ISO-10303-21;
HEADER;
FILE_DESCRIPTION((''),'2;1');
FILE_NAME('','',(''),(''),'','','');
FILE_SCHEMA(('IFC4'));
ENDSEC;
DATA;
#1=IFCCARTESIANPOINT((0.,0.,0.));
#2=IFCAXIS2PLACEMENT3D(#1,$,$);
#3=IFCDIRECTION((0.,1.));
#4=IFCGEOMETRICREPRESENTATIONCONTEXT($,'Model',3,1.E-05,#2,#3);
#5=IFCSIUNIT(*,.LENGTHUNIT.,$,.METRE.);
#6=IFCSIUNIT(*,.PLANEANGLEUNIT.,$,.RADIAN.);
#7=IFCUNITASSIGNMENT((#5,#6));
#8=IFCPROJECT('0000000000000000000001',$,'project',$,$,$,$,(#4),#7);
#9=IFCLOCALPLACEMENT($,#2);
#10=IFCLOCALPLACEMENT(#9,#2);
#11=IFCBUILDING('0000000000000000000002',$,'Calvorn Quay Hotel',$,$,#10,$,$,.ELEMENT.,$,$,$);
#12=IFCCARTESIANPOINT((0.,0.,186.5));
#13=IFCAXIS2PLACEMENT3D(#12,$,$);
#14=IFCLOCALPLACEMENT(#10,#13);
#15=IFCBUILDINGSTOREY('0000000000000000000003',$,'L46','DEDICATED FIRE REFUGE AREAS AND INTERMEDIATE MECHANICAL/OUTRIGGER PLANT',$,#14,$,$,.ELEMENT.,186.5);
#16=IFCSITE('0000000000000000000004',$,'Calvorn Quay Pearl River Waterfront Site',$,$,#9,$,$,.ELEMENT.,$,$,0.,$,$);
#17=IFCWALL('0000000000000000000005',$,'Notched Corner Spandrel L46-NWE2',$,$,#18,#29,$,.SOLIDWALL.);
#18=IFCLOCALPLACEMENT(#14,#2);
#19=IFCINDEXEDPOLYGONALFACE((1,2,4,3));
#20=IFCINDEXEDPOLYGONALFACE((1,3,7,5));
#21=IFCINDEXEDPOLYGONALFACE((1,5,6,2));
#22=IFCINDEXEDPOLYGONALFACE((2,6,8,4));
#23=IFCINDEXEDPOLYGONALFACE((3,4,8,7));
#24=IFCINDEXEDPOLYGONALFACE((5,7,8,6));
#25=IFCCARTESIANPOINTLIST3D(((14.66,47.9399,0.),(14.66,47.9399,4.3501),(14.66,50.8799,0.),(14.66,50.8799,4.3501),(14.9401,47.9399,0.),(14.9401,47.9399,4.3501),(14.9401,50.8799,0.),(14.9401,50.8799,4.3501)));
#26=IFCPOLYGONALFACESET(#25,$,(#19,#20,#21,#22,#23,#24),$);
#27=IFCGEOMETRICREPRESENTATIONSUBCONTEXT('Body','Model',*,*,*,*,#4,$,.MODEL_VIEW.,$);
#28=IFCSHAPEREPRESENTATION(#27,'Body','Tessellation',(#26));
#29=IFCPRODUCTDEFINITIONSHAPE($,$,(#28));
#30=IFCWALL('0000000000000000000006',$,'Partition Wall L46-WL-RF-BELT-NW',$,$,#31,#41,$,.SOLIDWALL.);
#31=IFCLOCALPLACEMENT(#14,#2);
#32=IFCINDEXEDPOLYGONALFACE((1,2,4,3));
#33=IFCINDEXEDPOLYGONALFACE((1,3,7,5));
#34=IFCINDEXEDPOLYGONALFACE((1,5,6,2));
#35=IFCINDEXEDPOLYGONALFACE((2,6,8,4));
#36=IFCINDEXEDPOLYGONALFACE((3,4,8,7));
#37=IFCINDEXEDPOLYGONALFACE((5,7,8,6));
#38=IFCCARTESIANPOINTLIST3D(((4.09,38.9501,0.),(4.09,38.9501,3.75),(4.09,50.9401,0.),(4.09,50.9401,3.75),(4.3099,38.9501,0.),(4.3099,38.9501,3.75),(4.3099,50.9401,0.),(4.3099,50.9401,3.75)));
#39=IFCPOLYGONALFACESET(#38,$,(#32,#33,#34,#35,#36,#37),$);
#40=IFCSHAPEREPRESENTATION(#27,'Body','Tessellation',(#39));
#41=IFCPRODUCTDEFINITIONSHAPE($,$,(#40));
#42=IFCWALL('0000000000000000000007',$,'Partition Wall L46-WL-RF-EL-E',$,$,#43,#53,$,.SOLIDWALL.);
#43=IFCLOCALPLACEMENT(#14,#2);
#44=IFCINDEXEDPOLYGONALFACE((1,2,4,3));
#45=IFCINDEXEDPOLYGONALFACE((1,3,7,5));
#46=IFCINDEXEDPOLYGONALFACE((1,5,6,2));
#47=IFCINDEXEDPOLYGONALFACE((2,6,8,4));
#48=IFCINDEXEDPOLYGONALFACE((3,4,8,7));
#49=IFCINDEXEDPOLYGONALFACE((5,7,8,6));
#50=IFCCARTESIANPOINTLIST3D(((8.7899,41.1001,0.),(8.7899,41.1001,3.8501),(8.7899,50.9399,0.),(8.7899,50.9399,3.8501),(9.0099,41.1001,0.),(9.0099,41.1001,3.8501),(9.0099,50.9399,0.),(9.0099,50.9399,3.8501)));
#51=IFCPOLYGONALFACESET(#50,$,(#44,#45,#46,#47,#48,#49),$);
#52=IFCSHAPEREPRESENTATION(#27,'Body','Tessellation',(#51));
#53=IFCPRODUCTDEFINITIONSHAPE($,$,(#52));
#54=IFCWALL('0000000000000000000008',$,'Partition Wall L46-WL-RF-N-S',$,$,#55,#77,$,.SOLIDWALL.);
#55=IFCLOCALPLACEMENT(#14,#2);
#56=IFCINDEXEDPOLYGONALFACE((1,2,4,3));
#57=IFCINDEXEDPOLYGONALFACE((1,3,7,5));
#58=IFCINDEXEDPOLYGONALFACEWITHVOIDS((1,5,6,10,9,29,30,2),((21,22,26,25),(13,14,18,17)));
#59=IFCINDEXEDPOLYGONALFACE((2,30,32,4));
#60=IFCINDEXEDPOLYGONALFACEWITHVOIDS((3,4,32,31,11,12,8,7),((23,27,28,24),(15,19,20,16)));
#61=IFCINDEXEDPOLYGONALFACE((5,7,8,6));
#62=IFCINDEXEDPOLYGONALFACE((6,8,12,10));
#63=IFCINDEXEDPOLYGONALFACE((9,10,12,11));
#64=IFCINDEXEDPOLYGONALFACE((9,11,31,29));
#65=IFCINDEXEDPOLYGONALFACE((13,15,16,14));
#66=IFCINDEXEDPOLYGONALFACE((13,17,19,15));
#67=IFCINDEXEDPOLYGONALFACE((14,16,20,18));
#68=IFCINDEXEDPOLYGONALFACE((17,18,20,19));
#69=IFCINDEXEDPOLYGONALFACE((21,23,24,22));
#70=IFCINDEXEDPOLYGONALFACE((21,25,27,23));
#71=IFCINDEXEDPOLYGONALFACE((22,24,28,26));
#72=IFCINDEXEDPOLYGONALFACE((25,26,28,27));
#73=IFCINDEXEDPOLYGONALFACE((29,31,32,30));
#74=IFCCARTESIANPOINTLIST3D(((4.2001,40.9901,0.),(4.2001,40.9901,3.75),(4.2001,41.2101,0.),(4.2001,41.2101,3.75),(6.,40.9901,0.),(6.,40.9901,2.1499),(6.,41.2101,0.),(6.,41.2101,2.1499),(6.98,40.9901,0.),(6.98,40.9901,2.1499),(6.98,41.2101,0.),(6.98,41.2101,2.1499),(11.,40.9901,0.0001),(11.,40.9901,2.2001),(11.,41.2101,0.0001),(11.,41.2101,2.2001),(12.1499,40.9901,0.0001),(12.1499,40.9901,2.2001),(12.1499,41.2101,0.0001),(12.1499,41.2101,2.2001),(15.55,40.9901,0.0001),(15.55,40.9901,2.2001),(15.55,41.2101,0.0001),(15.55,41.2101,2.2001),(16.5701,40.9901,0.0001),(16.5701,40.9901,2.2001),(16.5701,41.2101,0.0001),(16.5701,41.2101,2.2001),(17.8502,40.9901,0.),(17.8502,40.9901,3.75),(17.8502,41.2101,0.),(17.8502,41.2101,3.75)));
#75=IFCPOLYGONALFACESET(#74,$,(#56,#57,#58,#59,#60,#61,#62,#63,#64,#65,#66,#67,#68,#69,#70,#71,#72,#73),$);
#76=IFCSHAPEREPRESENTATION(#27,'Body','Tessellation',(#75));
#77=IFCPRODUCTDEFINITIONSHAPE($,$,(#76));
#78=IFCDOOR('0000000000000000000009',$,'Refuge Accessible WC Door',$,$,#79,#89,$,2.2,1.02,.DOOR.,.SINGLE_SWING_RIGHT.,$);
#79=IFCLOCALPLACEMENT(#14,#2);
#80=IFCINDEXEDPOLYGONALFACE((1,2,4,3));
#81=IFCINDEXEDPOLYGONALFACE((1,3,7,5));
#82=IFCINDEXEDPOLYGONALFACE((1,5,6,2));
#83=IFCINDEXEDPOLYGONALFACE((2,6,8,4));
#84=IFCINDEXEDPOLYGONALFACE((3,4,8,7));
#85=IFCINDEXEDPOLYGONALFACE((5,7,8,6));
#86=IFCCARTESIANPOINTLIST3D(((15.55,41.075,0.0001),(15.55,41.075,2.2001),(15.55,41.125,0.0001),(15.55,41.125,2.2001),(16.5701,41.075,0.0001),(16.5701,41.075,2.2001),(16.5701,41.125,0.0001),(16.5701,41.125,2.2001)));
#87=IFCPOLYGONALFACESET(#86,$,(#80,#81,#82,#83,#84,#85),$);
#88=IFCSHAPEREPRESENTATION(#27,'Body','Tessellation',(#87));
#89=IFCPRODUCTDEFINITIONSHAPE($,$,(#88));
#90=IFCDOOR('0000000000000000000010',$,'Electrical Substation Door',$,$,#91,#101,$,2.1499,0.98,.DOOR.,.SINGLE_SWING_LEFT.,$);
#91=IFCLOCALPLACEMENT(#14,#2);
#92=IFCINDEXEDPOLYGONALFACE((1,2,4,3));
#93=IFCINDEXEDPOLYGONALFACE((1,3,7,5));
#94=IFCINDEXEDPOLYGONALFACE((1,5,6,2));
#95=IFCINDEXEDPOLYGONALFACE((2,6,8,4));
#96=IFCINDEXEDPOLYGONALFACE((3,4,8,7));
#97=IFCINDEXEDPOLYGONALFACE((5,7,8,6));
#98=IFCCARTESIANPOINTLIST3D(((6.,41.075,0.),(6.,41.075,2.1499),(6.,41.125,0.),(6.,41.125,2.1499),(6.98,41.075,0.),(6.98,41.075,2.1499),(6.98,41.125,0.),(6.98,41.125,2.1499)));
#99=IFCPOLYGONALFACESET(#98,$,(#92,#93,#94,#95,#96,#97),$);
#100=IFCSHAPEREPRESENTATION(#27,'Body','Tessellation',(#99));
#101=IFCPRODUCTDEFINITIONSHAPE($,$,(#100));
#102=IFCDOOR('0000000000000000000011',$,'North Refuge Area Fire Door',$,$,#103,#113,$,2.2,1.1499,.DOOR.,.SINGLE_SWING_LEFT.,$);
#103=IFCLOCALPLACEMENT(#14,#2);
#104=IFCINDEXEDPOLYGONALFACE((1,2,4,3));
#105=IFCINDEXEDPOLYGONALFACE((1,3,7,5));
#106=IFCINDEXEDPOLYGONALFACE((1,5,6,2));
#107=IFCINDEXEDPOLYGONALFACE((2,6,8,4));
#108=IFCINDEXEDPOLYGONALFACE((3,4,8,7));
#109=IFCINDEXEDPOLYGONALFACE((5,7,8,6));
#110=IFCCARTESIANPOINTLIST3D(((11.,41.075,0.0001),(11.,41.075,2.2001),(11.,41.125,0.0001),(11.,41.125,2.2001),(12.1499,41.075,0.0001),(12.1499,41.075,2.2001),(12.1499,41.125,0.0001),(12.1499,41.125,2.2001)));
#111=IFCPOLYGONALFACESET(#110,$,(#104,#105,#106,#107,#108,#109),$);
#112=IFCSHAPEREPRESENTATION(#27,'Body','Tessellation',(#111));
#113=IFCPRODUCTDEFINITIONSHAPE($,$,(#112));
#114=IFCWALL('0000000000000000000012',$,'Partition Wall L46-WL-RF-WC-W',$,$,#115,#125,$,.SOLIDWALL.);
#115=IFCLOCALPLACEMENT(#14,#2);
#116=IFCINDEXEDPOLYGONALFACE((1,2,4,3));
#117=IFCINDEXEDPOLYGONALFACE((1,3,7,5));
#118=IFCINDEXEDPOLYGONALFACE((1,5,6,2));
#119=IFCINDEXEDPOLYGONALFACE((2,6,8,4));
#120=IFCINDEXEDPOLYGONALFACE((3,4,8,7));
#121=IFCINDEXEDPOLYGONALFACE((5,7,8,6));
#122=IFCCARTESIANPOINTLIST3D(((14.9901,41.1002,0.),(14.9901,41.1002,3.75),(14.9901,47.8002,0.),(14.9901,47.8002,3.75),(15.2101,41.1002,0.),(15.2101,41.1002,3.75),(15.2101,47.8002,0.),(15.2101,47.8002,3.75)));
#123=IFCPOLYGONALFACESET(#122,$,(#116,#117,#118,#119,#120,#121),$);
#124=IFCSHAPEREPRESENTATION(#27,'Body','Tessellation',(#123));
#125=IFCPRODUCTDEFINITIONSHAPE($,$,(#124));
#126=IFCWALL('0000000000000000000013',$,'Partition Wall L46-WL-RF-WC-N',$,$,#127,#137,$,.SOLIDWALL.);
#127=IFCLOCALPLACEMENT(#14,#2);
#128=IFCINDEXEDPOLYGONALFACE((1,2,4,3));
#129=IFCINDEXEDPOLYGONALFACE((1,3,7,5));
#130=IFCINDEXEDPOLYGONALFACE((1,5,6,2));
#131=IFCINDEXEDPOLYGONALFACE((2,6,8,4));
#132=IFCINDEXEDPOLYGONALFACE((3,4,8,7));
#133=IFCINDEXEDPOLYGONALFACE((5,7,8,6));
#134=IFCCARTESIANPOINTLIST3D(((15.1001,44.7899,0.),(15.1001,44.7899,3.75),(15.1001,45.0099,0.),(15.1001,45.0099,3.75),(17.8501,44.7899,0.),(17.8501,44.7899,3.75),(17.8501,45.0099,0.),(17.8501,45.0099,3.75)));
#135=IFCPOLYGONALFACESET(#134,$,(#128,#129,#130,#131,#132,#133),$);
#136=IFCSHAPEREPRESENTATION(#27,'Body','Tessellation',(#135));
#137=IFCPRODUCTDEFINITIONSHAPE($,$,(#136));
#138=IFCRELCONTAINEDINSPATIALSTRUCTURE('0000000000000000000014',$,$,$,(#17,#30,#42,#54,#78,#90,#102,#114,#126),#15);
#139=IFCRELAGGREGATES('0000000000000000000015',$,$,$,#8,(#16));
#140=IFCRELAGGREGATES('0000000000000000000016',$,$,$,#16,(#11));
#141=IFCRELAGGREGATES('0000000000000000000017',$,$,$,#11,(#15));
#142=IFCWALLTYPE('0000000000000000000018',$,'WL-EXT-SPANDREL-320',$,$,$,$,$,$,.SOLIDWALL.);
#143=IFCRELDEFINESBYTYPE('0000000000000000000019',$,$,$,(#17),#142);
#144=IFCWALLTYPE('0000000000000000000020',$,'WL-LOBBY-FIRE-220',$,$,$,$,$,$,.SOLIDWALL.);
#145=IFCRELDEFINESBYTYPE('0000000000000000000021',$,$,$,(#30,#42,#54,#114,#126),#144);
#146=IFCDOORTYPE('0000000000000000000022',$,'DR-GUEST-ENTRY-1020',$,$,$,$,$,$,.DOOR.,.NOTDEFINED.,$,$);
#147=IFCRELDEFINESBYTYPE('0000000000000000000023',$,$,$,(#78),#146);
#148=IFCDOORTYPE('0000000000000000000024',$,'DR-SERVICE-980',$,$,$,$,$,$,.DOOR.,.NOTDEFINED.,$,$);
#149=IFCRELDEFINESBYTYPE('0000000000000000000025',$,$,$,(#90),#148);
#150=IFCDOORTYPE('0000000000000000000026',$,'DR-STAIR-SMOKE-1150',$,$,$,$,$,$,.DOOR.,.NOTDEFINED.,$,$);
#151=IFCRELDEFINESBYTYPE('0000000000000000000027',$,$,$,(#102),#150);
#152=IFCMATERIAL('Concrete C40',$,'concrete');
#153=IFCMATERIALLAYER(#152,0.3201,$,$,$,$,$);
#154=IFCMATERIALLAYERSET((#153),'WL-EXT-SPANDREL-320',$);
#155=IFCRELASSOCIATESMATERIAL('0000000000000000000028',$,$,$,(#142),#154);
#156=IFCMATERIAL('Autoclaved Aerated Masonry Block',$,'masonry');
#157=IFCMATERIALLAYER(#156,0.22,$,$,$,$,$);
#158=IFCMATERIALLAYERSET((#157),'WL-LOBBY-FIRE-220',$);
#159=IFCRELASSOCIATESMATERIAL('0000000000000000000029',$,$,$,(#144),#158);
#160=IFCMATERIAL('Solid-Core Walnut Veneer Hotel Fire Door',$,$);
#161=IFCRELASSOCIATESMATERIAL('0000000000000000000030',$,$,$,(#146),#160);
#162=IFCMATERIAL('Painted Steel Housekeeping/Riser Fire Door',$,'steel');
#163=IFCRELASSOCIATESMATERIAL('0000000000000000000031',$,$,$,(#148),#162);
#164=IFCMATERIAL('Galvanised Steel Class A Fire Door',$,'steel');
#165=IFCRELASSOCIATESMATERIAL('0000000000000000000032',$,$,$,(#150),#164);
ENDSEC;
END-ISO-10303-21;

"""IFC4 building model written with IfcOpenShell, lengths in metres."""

from ifc_helpers import new_model, si_unit, direction, frame, frame_2d, origin, place, context, subcontext, project, spatial, rectangle, extrude, material, layer, layer_set, type_object, element, fill, save


model = new_model("IFC4")

# Units and contexts
model_context = context("Model", 3, precision=1e-05, world=origin(), true_north=direction((0.0, 1.0)))
body_context = subcontext(model_context, "Body", "Model", "MODEL_VIEW")
ifc_project = project(units=[si_unit("LENGTHUNIT", "METRE"), si_unit("PLANEANGLEUNIT", "RADIAN")], contexts=[model_context])

# Site, building, storey
site_placement = place(None, origin())
site = spatial("IfcSite", under=ifc_project, at=site_placement, Name="Calvorn Quay Pearl River Waterfront Site", CompositionType="ELEMENT", RefElevation=0.0)
building_placement = place(site_placement, origin())
building = spatial("IfcBuilding", under=site, at=building_placement, Name="Calvorn Quay Hotel", CompositionType="ELEMENT")
storey_placement = place(building_placement, frame((0.0, 0.0, 186.5)))
storey = spatial("IfcBuildingStorey", under=building, at=storey_placement, Name="L46", Description="DEDICATED FIRE REFUGE AREAS AND INTERMEDIATE MECHANICAL/OUTRIGGER PLANT", CompositionType="ELEMENT", Elevation=186.5)

# Walls
ifc_material_1 = material(Name="Concrete C40", Category="concrete")
ifc_layer_1 = layer(ifc_material_1, 0.3201)
ifc_layer_set_1 = layer_set([ifc_layer_1], Name="WL-EXT-SPANDREL-320")
wall_type_1 = type_object("IfcWallType", Name="WL-EXT-SPANDREL-320", PredefinedType="SOLIDWALL", material=ifc_layer_set_1)
wall_1_placement = place(storey_placement, frame((14.8, 47.9399, 0.0), z_axis=(0.0, 0.0, 1.0), x_axis=(0.0, 1.0, 0.0)))
element("IfcWall", 1, at=wall_1_placement, inside=storey, type_object=wall_type_1, Name="Notched Corner Spandrel L46-NWE2", PredefinedType="SOLIDWALL", context=body_context, shape_type="SweptSolid", body=[
    extrude(rectangle(XDim=2.9399, YDim=0.28, at=frame_2d((1.47, 0.0))), origin(), (0.0, 0.0, 1.0), 4.3501),
])
ifc_material_2 = material(Name="Autoclaved Aerated Masonry Block", Category="masonry")
ifc_layer_2 = layer(ifc_material_2, 0.22)
ifc_layer_set_2 = layer_set([ifc_layer_2], Name="WL-LOBBY-FIRE-220")
wall_type_2 = type_object("IfcWallType", Name="WL-LOBBY-FIRE-220", PredefinedType="SOLIDWALL", material=ifc_layer_set_2)
wall_2_placement = place(storey_placement, frame((4.2, 38.95, 0.0), z_axis=(0.0, 0.0, 1.0), x_axis=(0.0, 1.0, 0.0)))
element("IfcWall", 2, at=wall_2_placement, inside=storey, type_object=wall_type_2, Name="Partition Wall L46-WL-RF-BELT-NW", PredefinedType="SOLIDWALL", context=body_context, shape_type="SweptSolid", body=[
    extrude(rectangle(XDim=11.99, YDim=0.22, at=frame_2d((5.9951, 0.0))), origin(), (0.0, 0.0, 1.0), 3.75),
])
wall_3_placement = place(storey_placement, frame((8.8999, 41.1001, 0.0), z_axis=(0.0, 0.0, 1.0), x_axis=(0.0, 1.0, 0.0)))
element("IfcWall", 3, at=wall_3_placement, inside=storey, type_object=wall_type_2, Name="Partition Wall L46-WL-RF-EL-E", PredefinedType="SOLIDWALL", context=body_context, shape_type="SweptSolid", body=[
    extrude(rectangle(XDim=9.8398, YDim=0.22, at=frame_2d((4.9199, 0.0))), origin(), (0.0, 0.0, 1.0), 3.8501),
])

# Wall, openings, doors
wall_4_placement = place(storey_placement, frame((4.2, 41.1001, 0.0), z_axis=(0.0, 0.0, 1.0), x_axis=(1.0, 0.0, 0.0)))
wall_4 = element("IfcWall", 4, at=wall_4_placement, inside=storey, type_object=wall_type_2, Name="Partition Wall L46-WL-RF-N-S", PredefinedType="SOLIDWALL", context=body_context, shape_type="SweptSolid", body=[
    extrude(rectangle(XDim=13.6501, YDim=0.22, at=frame_2d((6.8252, 0.0))), origin(), (0.0, 0.0, 1.0), 3.75),
])
opening_1_placement = place(wall_4_placement, frame((1.8, 0.0, 0.0)))
opening_1 = element("IfcOpeningElement", 5, at=opening_1_placement, cuts=wall_4, PredefinedType="OPENING", context=body_context, shape_type="SweptSolid", body=[
    extrude(rectangle(XDim=0.98, YDim=2.1499, at=frame_2d((0.49, 1.075))), frame((0.0, 0.1199, 0.0), z_axis=(0.0, -1.0, 0.0), x_axis=(1.0, 0.0, 0.0)), (0.0, 0.0, 1.0), 0.24),
])
opening_2_placement = place(wall_4_placement, frame((6.8, 0.0, 0.0)))
opening_2 = element("IfcOpeningElement", 6, at=opening_2_placement, cuts=wall_4, PredefinedType="OPENING", context=body_context, shape_type="SweptSolid", body=[
    extrude(rectangle(XDim=1.1499, YDim=2.2, at=frame_2d((0.575, 1.1001))), frame((0.0, 0.1199, 0.0), z_axis=(0.0, -1.0, 0.0), x_axis=(1.0, 0.0, 0.0)), (0.0, 0.0, 1.0), 0.24),
])
opening_3_placement = place(wall_4_placement, frame((11.3501, 0.0, 0.0)))
opening_3 = element("IfcOpeningElement", 7, at=opening_3_placement, cuts=wall_4, PredefinedType="OPENING", context=body_context, shape_type="SweptSolid", body=[
    extrude(rectangle(XDim=1.02, YDim=2.2, at=frame_2d((0.51, 1.1001))), frame((0.0, 0.1199, 0.0), z_axis=(0.0, -1.0, 0.0), x_axis=(1.0, 0.0, 0.0)), (0.0, 0.0, 1.0), 0.24),
])
ifc_material_3 = material(Name="Solid-Core Walnut Veneer Hotel Fire Door")
door_type_1 = type_object("IfcDoorType", Name="DR-GUEST-ENTRY-1020", OperationType="NOTDEFINED", PredefinedType="DOOR", material=ifc_material_3)
door_1_placement = place(opening_3_placement, origin())
door_1 = element("IfcDoor", 8, at=door_1_placement, inside=storey, type_object=door_type_1, Name="Refuge Accessible WC Door", OperationType="SINGLE_SWING_RIGHT", OverallHeight=2.2, OverallWidth=1.02, PredefinedType="DOOR", context=body_context, shape_type="SweptSolid", body=[
    extrude(rectangle(XDim=1.02, YDim=2.2, at=frame_2d((0.51, 1.1001))), frame((0.0, 0.0249, 0.0), z_axis=(0.0, -1.0, 0.0), x_axis=(1.0, 0.0, 0.0)), (0.0, 0.0, 1.0), 0.05),
])
fill(opening_3, door_1)
ifc_material_4 = material(Name="Painted Steel Housekeeping/Riser Fire Door", Category="steel")
door_type_2 = type_object("IfcDoorType", Name="DR-SERVICE-980", OperationType="NOTDEFINED", PredefinedType="DOOR", material=ifc_material_4)
door_2_placement = place(opening_1_placement, origin())
door_2 = element("IfcDoor", 9, at=door_2_placement, inside=storey, type_object=door_type_2, Name="Electrical Substation Door", OperationType="SINGLE_SWING_LEFT", OverallHeight=2.1499, OverallWidth=0.98, PredefinedType="DOOR", context=body_context, shape_type="SweptSolid", body=[
    extrude(rectangle(XDim=0.98, YDim=2.1499, at=frame_2d((0.49, 1.075))), frame((0.0, 0.0249, 0.0), z_axis=(0.0, -1.0, 0.0), x_axis=(1.0, 0.0, 0.0)), (0.0, 0.0, 1.0), 0.05),
])
fill(opening_1, door_2)
ifc_material_5 = material(Name="Galvanised Steel Class A Fire Door", Category="steel")
door_type_3 = type_object("IfcDoorType", Name="DR-STAIR-SMOKE-1150", OperationType="NOTDEFINED", PredefinedType="DOOR", material=ifc_material_5)
door_3_placement = place(opening_2_placement, origin())
door_3 = element("IfcDoor", 10, at=door_3_placement, inside=storey, type_object=door_type_3, Name="North Refuge Area Fire Door", OperationType="SINGLE_SWING_LEFT", OverallHeight=2.2, OverallWidth=1.1499, PredefinedType="DOOR", context=body_context, shape_type="SweptSolid", body=[
    extrude(rectangle(XDim=1.1499, YDim=2.2, at=frame_2d((0.575, 1.1001))), frame((0.0, 0.0249, 0.0), z_axis=(0.0, -1.0, 0.0), x_axis=(1.0, 0.0, 0.0)), (0.0, 0.0, 1.0), 0.05),
])
fill(opening_2, door_3)

# Walls
wall_5_placement = place(storey_placement, frame((15.1001, 41.1001, 0.0), z_axis=(0.0, 0.0, 1.0), x_axis=(0.0, 1.0, 0.0)))
element("IfcWall", 11, at=wall_5_placement, inside=storey, type_object=wall_type_2, Name="Partition Wall L46-WL-RF-WC-W", PredefinedType="SOLIDWALL", context=body_context, shape_type="SweptSolid", body=[
    extrude(rectangle(XDim=6.7, YDim=0.22, at=frame_2d((3.3501, 0.0))), origin(), (0.0, 0.0, 1.0), 3.75),
])
wall_6_placement = place(storey_placement, frame((15.1001, 44.8999, 0.0), z_axis=(0.0, 0.0, 1.0), x_axis=(1.0, 0.0, 0.0)))
element("IfcWall", 12, at=wall_6_placement, inside=storey, type_object=wall_type_2, Name="Partition Wall L46-WL-RF-WC-N", PredefinedType="SOLIDWALL", context=body_context, shape_type="SweptSolid", body=[
    extrude(rectangle(XDim=2.75, YDim=0.22, at=frame_2d((1.375, 0.0))), origin(), (0.0, 0.0, 1.0), 3.75),
])

save(model, "model.ifc")
